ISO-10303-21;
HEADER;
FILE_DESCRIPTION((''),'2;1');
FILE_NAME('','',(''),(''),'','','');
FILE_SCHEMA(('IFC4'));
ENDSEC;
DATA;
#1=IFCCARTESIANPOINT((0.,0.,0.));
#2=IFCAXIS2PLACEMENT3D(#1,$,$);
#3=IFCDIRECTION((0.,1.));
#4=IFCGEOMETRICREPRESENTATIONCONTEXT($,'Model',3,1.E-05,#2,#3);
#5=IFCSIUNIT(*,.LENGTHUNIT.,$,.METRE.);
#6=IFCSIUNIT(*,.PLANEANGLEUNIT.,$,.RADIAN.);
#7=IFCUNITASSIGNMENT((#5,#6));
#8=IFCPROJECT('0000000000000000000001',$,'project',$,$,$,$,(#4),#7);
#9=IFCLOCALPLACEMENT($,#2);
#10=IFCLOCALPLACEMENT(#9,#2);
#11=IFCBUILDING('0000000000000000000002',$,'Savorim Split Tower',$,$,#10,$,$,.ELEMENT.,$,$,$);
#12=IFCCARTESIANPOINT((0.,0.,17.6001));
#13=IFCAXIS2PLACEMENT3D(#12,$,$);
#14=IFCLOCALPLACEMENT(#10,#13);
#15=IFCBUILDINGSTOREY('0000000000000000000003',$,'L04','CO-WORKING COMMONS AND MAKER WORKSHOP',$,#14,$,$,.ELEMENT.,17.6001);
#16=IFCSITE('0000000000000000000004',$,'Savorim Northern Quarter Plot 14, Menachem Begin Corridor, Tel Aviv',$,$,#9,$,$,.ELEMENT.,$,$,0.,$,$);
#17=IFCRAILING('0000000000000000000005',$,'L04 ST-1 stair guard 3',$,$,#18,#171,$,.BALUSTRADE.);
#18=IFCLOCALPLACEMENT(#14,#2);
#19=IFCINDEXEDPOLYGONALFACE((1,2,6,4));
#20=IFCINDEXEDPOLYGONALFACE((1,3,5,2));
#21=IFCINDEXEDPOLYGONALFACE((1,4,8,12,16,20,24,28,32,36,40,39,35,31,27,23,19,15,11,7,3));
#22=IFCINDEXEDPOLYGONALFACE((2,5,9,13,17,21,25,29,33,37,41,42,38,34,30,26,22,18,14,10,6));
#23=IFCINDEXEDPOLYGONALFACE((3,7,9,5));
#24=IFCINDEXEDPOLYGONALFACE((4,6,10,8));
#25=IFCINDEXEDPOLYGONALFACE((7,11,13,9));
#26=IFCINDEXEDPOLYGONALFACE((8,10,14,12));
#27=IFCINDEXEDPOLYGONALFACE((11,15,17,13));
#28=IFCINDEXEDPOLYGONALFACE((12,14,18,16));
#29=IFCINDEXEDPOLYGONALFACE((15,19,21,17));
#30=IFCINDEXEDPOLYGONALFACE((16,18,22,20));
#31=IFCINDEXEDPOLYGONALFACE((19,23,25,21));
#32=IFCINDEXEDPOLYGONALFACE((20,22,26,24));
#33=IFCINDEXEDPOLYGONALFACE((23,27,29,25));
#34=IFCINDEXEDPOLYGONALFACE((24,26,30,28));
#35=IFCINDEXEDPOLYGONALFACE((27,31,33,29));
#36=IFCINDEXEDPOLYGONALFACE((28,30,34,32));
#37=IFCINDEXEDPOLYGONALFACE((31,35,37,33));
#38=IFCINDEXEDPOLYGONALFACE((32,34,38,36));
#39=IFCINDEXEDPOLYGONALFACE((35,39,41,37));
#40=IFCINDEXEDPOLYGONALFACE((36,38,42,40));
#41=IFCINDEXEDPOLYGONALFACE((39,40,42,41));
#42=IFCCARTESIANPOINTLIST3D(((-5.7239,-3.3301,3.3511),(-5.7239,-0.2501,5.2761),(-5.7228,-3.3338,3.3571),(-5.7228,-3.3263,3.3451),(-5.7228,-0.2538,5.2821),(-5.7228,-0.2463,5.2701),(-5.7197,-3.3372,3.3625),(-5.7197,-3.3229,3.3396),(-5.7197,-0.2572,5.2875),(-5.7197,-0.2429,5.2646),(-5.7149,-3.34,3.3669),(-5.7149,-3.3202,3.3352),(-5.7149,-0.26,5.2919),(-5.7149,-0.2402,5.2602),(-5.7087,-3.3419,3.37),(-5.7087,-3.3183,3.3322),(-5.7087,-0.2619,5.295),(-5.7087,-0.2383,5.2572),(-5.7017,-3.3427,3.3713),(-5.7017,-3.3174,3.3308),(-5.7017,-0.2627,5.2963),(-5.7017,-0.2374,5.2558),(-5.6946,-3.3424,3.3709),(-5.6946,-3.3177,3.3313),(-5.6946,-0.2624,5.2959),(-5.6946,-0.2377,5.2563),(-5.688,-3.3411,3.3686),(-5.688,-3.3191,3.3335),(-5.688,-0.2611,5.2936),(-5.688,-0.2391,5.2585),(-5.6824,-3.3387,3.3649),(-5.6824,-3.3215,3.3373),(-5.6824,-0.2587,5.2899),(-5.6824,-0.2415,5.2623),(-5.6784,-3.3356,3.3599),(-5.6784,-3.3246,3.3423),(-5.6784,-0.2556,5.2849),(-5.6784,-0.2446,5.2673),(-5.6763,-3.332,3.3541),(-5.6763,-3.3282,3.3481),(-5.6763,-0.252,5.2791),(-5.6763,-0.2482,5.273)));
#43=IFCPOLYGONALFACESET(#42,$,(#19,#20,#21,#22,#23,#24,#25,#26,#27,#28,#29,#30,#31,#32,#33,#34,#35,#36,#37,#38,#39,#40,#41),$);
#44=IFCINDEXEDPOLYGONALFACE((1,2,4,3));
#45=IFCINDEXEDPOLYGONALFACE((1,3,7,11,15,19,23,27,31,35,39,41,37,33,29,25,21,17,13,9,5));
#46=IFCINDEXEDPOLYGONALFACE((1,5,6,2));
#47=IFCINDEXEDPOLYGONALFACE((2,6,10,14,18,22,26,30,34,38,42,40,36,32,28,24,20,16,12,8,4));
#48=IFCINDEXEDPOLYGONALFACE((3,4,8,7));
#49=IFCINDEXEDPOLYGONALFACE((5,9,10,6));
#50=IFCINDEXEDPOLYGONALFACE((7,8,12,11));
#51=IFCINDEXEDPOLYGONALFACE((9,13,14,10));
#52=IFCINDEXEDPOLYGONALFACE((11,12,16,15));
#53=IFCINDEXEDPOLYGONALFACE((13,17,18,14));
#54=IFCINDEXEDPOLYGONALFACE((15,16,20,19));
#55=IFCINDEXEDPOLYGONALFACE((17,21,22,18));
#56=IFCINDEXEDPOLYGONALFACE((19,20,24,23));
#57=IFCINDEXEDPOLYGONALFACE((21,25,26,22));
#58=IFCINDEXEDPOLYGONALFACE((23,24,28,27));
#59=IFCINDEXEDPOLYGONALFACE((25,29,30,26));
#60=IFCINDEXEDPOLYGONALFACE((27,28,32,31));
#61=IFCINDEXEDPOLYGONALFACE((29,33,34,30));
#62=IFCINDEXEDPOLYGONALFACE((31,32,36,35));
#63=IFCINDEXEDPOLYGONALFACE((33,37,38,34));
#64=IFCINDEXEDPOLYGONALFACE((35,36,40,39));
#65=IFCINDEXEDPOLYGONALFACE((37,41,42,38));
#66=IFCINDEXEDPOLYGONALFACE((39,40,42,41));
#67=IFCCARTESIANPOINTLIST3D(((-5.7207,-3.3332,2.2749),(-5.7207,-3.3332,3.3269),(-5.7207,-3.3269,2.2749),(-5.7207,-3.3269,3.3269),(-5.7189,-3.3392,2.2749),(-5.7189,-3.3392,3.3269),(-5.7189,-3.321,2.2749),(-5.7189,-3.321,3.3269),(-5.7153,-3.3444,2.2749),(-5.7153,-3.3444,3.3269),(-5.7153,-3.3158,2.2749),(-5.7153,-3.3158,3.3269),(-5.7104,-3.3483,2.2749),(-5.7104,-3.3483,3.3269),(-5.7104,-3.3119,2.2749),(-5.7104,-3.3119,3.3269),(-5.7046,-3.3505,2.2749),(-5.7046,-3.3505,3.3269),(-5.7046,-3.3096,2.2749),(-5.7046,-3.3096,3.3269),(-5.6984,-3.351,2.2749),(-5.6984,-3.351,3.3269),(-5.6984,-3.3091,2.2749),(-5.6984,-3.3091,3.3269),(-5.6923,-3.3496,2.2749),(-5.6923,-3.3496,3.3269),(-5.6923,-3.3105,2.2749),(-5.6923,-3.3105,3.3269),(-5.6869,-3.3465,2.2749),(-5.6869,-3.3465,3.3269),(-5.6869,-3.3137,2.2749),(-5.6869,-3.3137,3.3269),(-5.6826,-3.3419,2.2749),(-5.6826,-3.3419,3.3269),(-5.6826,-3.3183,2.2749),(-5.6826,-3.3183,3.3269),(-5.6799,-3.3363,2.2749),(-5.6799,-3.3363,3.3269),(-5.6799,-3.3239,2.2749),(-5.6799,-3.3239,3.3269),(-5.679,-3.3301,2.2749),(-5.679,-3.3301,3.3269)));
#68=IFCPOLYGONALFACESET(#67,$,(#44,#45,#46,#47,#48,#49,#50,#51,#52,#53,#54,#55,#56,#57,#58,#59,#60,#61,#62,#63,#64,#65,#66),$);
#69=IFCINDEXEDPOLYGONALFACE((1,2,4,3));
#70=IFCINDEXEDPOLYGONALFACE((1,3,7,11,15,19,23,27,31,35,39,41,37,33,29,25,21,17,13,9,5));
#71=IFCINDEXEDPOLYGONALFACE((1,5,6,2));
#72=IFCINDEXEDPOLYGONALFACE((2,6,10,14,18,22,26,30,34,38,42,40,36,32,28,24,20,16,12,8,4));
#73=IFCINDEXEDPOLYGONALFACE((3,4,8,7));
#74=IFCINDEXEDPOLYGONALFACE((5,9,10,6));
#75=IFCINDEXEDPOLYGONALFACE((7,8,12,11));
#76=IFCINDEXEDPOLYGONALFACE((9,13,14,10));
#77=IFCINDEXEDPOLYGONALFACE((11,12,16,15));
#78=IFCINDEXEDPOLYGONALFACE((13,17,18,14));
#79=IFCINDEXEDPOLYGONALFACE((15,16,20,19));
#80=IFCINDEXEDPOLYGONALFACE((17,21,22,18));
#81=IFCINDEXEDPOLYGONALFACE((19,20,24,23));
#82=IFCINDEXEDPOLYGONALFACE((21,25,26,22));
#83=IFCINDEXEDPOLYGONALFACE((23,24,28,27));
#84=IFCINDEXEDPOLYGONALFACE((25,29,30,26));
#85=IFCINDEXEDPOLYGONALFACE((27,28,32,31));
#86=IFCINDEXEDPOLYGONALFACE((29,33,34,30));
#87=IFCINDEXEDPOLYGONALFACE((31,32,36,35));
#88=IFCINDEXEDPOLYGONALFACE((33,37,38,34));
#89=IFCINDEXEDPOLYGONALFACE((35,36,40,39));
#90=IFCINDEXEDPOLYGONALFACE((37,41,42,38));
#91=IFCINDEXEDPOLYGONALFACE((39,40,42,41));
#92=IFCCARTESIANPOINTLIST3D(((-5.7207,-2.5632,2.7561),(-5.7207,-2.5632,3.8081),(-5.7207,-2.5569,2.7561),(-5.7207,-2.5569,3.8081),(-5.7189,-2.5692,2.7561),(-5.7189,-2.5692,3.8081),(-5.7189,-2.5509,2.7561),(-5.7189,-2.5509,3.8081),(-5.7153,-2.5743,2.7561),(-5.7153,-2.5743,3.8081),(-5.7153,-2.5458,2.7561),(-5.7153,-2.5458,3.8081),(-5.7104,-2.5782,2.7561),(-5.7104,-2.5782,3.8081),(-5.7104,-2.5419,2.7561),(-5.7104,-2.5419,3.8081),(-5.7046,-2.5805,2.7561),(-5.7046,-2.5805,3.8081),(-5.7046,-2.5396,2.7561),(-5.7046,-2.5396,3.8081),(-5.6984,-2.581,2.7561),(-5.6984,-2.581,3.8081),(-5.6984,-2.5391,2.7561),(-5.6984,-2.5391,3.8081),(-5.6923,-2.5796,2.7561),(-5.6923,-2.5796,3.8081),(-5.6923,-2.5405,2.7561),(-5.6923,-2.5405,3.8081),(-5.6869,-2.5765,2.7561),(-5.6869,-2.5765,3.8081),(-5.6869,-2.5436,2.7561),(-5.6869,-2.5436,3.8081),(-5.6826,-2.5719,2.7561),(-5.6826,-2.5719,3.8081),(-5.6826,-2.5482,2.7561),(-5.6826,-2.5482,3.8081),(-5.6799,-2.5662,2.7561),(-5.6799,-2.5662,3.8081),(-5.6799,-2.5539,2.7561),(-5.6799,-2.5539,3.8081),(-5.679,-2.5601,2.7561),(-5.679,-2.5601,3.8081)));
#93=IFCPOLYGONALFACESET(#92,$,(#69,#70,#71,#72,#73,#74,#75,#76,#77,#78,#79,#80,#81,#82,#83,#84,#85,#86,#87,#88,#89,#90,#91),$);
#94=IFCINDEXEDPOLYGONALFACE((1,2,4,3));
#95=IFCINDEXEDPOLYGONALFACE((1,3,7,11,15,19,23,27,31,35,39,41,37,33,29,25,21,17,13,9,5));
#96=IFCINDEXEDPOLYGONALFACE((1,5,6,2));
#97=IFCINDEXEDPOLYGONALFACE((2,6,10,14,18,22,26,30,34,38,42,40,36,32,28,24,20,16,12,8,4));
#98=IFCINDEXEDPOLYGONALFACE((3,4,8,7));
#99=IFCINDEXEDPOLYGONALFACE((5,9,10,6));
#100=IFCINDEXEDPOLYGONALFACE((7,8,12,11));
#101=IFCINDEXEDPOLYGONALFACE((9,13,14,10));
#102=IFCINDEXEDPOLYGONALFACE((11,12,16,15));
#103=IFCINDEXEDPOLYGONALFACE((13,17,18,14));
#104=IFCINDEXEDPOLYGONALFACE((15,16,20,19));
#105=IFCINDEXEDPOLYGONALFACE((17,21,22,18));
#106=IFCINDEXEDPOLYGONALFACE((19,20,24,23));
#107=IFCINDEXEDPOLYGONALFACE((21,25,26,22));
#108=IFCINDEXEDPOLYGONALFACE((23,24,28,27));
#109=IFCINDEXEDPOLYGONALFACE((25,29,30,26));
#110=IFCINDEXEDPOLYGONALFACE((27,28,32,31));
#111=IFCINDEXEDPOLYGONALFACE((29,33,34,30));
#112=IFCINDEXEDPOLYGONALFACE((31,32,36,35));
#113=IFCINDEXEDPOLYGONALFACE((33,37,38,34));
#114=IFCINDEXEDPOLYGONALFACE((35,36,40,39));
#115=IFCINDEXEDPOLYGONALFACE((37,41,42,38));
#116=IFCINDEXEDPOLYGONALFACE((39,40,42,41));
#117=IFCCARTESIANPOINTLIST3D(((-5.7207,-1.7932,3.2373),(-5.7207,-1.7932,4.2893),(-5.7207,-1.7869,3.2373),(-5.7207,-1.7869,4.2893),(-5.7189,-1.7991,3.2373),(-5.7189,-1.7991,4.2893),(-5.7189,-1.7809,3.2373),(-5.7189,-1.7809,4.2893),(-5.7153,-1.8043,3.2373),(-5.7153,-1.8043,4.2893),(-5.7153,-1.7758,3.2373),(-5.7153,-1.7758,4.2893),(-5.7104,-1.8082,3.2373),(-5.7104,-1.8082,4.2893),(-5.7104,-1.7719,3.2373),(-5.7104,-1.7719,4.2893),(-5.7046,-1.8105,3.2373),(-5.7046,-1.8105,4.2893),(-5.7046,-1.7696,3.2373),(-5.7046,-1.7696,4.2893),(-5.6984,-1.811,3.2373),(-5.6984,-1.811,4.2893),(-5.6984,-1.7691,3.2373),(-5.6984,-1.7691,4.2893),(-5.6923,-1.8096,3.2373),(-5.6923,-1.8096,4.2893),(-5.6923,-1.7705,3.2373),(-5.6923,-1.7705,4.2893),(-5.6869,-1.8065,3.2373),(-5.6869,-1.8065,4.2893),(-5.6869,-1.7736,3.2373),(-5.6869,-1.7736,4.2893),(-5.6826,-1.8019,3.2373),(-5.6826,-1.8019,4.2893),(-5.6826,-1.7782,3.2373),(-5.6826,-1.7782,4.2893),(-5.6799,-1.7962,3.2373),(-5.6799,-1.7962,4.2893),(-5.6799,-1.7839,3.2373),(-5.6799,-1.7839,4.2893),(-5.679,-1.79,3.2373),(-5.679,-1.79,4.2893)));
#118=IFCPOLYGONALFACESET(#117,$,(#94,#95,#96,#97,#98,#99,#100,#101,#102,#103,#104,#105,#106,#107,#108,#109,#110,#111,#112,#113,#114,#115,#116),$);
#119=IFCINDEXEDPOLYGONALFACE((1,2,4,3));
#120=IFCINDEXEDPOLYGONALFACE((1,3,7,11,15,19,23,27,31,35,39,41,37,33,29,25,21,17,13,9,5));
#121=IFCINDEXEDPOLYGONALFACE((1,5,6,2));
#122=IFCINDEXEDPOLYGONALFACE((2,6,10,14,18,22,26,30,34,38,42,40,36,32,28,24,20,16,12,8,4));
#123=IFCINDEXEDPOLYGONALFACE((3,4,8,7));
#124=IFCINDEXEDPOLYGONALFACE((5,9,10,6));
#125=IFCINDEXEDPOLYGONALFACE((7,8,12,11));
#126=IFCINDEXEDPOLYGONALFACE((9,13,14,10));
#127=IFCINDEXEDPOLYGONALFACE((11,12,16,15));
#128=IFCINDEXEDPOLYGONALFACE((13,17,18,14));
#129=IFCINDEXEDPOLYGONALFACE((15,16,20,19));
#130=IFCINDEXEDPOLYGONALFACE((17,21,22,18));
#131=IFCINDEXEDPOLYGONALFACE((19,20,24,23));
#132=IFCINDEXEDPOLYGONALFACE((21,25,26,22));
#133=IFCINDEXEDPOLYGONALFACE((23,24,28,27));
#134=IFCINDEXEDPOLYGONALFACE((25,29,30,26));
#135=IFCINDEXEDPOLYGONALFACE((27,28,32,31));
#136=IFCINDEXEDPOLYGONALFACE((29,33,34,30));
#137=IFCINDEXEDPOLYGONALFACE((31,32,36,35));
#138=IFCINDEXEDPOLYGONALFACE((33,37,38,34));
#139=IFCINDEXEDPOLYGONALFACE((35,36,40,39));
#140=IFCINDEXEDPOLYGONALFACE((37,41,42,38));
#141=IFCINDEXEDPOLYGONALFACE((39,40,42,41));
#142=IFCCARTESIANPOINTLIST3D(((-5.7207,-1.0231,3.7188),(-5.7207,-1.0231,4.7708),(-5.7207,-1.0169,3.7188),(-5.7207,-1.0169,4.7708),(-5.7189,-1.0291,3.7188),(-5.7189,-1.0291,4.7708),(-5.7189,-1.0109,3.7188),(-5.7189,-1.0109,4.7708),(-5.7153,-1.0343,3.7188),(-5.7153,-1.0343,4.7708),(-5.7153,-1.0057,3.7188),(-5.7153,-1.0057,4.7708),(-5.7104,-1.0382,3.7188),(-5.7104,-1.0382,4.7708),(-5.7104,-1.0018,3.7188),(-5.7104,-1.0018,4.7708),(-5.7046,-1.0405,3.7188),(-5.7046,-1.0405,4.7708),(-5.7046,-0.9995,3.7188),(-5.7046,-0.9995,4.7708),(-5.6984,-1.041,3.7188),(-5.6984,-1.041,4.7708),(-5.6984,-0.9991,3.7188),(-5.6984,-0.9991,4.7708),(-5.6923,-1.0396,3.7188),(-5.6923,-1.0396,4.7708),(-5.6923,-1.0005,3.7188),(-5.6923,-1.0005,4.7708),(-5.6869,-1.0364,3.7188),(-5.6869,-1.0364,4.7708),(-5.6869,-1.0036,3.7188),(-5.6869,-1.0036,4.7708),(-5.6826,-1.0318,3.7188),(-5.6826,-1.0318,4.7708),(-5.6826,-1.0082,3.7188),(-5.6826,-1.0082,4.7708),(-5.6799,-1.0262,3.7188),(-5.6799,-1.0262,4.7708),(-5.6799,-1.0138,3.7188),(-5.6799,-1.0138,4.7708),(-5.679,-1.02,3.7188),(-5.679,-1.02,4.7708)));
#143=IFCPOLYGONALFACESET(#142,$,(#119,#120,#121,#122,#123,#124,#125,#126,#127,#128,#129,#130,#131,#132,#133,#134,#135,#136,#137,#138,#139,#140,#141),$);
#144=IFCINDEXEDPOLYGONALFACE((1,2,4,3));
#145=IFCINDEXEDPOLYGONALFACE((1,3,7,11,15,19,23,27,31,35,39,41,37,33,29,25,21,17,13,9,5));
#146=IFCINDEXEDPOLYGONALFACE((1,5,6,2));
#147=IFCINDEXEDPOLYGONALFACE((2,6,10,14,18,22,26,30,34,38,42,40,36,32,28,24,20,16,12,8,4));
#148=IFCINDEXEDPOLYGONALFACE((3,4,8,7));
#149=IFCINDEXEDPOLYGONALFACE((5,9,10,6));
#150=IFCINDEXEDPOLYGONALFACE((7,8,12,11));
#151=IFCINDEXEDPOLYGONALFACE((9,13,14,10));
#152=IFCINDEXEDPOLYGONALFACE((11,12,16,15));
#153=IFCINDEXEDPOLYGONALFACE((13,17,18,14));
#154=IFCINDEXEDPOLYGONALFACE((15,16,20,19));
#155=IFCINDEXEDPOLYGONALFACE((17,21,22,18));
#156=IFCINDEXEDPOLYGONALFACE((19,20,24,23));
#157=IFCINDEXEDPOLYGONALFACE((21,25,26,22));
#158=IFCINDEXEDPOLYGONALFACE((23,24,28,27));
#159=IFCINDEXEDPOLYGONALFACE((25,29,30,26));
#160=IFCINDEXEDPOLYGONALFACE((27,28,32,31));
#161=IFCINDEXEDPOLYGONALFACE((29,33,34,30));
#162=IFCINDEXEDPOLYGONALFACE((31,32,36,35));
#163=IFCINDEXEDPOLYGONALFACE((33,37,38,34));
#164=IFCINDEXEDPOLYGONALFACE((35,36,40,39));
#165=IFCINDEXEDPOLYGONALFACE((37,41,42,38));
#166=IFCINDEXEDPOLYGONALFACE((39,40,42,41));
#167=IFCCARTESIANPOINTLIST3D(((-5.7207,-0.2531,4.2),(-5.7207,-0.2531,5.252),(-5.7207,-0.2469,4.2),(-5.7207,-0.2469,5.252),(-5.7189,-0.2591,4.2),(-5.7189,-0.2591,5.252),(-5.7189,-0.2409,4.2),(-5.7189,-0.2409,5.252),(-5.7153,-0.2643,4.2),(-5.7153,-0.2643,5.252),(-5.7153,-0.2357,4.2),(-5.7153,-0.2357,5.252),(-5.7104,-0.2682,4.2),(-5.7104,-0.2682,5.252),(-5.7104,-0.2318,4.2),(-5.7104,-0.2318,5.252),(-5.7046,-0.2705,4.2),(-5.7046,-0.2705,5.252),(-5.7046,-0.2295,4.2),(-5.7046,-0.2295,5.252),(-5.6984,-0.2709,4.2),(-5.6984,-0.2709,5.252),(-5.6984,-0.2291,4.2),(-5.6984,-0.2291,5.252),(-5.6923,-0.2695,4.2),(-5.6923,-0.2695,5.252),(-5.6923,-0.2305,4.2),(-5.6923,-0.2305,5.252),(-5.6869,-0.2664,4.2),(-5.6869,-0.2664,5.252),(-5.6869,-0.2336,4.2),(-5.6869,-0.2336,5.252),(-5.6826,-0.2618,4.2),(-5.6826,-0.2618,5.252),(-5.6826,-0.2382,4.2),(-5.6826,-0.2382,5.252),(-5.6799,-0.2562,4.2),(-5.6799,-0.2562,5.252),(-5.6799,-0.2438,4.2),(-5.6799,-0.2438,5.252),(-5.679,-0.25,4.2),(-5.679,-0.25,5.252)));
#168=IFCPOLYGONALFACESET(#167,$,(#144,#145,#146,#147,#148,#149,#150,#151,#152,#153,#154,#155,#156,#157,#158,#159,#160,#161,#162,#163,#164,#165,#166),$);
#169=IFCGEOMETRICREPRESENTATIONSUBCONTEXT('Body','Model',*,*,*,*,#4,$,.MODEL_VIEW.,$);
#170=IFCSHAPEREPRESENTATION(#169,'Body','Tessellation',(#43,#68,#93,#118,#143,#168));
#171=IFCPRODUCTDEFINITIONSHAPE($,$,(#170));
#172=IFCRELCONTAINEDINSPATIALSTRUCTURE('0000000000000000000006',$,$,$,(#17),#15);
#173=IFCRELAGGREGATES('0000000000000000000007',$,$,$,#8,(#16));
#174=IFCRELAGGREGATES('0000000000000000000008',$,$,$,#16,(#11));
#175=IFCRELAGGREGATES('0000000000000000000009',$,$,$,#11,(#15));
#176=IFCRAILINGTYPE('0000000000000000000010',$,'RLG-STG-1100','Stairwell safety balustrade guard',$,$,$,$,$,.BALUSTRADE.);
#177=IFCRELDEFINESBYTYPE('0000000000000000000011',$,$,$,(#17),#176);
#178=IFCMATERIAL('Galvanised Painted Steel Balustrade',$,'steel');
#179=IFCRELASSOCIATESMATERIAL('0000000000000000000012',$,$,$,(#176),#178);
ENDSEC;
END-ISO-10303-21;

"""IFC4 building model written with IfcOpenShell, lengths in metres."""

from ifc_helpers import new_model, si_unit, direction, frame, origin, origin_2d, place, context, subcontext, project, spatial, circle, extrude, material, type_object, element, save


model = new_model("IFC4")

# Units and contexts
model_context = context("Model", 3, precision=1e-05, world=origin(), true_north=direction((0.0, 1.0)))
body_context = subcontext(model_context, "Body", "Model", "MODEL_VIEW")
ifc_project = project(units=[si_unit("LENGTHUNIT", "METRE"), si_unit("PLANEANGLEUNIT", "RADIAN")], contexts=[model_context])

# Site, building, storey
site_placement = place(None, origin())
site = spatial("IfcSite", under=ifc_project, at=site_placement, Name="Savorim Northern Quarter Plot 14, Menachem Begin Corridor, Tel Aviv", CompositionType="ELEMENT", RefElevation=0.0)
building_placement = place(site_placement, origin())
building = spatial("IfcBuilding", under=site, at=building_placement, Name="Savorim Split Tower", CompositionType="ELEMENT")
storey_placement = place(building_placement, frame((0.0, 0.0, 17.6001)))
storey = spatial("IfcBuildingStorey", under=building, at=storey_placement, Name="L04", Description="CO-WORKING COMMONS AND MAKER WORKSHOP", CompositionType="ELEMENT", Elevation=17.6001)

# Railing
ifc_material_1 = material(Name="Galvanised Painted Steel Balustrade", Category="steel")
railing_type_1 = type_object("IfcRailingType", Name="RLG-STG-1100", Description="Stairwell safety balustrade guard", PredefinedType="BALUSTRADE", material=ifc_material_1)
railing_1_placement = place(storey_placement, frame((-5.7, -3.3301, 2.2749)))
element("IfcRailing", 1, at=railing_1_placement, inside=storey, type_object=railing_type_1, Name="L04 ST-1 stair guard 3", PredefinedType="BALUSTRADE", context=body_context, shape_type="SweptSolid", body=[
    extrude(circle(Radius=0.0239, at=origin_2d()), frame((0.0, 0.0, 1.0762), z_axis=(0.0, 0.847998, 0.529999), x_axis=(-1.0, 0.0, 0.0)), (0.0, 0.0, 1.0), 3.6321),
    extrude(circle(Radius=0.021, at=origin_2d()), origin(), (0.0, 0.0, 1.0), 1.052),
    extrude(circle(Radius=0.021, at=origin_2d()), frame((0.0, 0.77, 0.4812)), (0.0, 0.0, 1.0), 1.052),
    extrude(circle(Radius=0.021, at=origin_2d()), frame((0.0, 1.54, 0.9624)), (0.0, 0.0, 1.0), 1.052),
    extrude(circle(Radius=0.021, at=origin_2d()), frame((0.0, 2.3101, 1.4438)), (0.0, 0.0, 1.0), 1.052),
    extrude(circle(Radius=0.021, at=origin_2d()), frame((0.0, 3.0801, 1.925)), (0.0, 0.0, 1.0), 1.052),
])

save(model, "model.ifc")
